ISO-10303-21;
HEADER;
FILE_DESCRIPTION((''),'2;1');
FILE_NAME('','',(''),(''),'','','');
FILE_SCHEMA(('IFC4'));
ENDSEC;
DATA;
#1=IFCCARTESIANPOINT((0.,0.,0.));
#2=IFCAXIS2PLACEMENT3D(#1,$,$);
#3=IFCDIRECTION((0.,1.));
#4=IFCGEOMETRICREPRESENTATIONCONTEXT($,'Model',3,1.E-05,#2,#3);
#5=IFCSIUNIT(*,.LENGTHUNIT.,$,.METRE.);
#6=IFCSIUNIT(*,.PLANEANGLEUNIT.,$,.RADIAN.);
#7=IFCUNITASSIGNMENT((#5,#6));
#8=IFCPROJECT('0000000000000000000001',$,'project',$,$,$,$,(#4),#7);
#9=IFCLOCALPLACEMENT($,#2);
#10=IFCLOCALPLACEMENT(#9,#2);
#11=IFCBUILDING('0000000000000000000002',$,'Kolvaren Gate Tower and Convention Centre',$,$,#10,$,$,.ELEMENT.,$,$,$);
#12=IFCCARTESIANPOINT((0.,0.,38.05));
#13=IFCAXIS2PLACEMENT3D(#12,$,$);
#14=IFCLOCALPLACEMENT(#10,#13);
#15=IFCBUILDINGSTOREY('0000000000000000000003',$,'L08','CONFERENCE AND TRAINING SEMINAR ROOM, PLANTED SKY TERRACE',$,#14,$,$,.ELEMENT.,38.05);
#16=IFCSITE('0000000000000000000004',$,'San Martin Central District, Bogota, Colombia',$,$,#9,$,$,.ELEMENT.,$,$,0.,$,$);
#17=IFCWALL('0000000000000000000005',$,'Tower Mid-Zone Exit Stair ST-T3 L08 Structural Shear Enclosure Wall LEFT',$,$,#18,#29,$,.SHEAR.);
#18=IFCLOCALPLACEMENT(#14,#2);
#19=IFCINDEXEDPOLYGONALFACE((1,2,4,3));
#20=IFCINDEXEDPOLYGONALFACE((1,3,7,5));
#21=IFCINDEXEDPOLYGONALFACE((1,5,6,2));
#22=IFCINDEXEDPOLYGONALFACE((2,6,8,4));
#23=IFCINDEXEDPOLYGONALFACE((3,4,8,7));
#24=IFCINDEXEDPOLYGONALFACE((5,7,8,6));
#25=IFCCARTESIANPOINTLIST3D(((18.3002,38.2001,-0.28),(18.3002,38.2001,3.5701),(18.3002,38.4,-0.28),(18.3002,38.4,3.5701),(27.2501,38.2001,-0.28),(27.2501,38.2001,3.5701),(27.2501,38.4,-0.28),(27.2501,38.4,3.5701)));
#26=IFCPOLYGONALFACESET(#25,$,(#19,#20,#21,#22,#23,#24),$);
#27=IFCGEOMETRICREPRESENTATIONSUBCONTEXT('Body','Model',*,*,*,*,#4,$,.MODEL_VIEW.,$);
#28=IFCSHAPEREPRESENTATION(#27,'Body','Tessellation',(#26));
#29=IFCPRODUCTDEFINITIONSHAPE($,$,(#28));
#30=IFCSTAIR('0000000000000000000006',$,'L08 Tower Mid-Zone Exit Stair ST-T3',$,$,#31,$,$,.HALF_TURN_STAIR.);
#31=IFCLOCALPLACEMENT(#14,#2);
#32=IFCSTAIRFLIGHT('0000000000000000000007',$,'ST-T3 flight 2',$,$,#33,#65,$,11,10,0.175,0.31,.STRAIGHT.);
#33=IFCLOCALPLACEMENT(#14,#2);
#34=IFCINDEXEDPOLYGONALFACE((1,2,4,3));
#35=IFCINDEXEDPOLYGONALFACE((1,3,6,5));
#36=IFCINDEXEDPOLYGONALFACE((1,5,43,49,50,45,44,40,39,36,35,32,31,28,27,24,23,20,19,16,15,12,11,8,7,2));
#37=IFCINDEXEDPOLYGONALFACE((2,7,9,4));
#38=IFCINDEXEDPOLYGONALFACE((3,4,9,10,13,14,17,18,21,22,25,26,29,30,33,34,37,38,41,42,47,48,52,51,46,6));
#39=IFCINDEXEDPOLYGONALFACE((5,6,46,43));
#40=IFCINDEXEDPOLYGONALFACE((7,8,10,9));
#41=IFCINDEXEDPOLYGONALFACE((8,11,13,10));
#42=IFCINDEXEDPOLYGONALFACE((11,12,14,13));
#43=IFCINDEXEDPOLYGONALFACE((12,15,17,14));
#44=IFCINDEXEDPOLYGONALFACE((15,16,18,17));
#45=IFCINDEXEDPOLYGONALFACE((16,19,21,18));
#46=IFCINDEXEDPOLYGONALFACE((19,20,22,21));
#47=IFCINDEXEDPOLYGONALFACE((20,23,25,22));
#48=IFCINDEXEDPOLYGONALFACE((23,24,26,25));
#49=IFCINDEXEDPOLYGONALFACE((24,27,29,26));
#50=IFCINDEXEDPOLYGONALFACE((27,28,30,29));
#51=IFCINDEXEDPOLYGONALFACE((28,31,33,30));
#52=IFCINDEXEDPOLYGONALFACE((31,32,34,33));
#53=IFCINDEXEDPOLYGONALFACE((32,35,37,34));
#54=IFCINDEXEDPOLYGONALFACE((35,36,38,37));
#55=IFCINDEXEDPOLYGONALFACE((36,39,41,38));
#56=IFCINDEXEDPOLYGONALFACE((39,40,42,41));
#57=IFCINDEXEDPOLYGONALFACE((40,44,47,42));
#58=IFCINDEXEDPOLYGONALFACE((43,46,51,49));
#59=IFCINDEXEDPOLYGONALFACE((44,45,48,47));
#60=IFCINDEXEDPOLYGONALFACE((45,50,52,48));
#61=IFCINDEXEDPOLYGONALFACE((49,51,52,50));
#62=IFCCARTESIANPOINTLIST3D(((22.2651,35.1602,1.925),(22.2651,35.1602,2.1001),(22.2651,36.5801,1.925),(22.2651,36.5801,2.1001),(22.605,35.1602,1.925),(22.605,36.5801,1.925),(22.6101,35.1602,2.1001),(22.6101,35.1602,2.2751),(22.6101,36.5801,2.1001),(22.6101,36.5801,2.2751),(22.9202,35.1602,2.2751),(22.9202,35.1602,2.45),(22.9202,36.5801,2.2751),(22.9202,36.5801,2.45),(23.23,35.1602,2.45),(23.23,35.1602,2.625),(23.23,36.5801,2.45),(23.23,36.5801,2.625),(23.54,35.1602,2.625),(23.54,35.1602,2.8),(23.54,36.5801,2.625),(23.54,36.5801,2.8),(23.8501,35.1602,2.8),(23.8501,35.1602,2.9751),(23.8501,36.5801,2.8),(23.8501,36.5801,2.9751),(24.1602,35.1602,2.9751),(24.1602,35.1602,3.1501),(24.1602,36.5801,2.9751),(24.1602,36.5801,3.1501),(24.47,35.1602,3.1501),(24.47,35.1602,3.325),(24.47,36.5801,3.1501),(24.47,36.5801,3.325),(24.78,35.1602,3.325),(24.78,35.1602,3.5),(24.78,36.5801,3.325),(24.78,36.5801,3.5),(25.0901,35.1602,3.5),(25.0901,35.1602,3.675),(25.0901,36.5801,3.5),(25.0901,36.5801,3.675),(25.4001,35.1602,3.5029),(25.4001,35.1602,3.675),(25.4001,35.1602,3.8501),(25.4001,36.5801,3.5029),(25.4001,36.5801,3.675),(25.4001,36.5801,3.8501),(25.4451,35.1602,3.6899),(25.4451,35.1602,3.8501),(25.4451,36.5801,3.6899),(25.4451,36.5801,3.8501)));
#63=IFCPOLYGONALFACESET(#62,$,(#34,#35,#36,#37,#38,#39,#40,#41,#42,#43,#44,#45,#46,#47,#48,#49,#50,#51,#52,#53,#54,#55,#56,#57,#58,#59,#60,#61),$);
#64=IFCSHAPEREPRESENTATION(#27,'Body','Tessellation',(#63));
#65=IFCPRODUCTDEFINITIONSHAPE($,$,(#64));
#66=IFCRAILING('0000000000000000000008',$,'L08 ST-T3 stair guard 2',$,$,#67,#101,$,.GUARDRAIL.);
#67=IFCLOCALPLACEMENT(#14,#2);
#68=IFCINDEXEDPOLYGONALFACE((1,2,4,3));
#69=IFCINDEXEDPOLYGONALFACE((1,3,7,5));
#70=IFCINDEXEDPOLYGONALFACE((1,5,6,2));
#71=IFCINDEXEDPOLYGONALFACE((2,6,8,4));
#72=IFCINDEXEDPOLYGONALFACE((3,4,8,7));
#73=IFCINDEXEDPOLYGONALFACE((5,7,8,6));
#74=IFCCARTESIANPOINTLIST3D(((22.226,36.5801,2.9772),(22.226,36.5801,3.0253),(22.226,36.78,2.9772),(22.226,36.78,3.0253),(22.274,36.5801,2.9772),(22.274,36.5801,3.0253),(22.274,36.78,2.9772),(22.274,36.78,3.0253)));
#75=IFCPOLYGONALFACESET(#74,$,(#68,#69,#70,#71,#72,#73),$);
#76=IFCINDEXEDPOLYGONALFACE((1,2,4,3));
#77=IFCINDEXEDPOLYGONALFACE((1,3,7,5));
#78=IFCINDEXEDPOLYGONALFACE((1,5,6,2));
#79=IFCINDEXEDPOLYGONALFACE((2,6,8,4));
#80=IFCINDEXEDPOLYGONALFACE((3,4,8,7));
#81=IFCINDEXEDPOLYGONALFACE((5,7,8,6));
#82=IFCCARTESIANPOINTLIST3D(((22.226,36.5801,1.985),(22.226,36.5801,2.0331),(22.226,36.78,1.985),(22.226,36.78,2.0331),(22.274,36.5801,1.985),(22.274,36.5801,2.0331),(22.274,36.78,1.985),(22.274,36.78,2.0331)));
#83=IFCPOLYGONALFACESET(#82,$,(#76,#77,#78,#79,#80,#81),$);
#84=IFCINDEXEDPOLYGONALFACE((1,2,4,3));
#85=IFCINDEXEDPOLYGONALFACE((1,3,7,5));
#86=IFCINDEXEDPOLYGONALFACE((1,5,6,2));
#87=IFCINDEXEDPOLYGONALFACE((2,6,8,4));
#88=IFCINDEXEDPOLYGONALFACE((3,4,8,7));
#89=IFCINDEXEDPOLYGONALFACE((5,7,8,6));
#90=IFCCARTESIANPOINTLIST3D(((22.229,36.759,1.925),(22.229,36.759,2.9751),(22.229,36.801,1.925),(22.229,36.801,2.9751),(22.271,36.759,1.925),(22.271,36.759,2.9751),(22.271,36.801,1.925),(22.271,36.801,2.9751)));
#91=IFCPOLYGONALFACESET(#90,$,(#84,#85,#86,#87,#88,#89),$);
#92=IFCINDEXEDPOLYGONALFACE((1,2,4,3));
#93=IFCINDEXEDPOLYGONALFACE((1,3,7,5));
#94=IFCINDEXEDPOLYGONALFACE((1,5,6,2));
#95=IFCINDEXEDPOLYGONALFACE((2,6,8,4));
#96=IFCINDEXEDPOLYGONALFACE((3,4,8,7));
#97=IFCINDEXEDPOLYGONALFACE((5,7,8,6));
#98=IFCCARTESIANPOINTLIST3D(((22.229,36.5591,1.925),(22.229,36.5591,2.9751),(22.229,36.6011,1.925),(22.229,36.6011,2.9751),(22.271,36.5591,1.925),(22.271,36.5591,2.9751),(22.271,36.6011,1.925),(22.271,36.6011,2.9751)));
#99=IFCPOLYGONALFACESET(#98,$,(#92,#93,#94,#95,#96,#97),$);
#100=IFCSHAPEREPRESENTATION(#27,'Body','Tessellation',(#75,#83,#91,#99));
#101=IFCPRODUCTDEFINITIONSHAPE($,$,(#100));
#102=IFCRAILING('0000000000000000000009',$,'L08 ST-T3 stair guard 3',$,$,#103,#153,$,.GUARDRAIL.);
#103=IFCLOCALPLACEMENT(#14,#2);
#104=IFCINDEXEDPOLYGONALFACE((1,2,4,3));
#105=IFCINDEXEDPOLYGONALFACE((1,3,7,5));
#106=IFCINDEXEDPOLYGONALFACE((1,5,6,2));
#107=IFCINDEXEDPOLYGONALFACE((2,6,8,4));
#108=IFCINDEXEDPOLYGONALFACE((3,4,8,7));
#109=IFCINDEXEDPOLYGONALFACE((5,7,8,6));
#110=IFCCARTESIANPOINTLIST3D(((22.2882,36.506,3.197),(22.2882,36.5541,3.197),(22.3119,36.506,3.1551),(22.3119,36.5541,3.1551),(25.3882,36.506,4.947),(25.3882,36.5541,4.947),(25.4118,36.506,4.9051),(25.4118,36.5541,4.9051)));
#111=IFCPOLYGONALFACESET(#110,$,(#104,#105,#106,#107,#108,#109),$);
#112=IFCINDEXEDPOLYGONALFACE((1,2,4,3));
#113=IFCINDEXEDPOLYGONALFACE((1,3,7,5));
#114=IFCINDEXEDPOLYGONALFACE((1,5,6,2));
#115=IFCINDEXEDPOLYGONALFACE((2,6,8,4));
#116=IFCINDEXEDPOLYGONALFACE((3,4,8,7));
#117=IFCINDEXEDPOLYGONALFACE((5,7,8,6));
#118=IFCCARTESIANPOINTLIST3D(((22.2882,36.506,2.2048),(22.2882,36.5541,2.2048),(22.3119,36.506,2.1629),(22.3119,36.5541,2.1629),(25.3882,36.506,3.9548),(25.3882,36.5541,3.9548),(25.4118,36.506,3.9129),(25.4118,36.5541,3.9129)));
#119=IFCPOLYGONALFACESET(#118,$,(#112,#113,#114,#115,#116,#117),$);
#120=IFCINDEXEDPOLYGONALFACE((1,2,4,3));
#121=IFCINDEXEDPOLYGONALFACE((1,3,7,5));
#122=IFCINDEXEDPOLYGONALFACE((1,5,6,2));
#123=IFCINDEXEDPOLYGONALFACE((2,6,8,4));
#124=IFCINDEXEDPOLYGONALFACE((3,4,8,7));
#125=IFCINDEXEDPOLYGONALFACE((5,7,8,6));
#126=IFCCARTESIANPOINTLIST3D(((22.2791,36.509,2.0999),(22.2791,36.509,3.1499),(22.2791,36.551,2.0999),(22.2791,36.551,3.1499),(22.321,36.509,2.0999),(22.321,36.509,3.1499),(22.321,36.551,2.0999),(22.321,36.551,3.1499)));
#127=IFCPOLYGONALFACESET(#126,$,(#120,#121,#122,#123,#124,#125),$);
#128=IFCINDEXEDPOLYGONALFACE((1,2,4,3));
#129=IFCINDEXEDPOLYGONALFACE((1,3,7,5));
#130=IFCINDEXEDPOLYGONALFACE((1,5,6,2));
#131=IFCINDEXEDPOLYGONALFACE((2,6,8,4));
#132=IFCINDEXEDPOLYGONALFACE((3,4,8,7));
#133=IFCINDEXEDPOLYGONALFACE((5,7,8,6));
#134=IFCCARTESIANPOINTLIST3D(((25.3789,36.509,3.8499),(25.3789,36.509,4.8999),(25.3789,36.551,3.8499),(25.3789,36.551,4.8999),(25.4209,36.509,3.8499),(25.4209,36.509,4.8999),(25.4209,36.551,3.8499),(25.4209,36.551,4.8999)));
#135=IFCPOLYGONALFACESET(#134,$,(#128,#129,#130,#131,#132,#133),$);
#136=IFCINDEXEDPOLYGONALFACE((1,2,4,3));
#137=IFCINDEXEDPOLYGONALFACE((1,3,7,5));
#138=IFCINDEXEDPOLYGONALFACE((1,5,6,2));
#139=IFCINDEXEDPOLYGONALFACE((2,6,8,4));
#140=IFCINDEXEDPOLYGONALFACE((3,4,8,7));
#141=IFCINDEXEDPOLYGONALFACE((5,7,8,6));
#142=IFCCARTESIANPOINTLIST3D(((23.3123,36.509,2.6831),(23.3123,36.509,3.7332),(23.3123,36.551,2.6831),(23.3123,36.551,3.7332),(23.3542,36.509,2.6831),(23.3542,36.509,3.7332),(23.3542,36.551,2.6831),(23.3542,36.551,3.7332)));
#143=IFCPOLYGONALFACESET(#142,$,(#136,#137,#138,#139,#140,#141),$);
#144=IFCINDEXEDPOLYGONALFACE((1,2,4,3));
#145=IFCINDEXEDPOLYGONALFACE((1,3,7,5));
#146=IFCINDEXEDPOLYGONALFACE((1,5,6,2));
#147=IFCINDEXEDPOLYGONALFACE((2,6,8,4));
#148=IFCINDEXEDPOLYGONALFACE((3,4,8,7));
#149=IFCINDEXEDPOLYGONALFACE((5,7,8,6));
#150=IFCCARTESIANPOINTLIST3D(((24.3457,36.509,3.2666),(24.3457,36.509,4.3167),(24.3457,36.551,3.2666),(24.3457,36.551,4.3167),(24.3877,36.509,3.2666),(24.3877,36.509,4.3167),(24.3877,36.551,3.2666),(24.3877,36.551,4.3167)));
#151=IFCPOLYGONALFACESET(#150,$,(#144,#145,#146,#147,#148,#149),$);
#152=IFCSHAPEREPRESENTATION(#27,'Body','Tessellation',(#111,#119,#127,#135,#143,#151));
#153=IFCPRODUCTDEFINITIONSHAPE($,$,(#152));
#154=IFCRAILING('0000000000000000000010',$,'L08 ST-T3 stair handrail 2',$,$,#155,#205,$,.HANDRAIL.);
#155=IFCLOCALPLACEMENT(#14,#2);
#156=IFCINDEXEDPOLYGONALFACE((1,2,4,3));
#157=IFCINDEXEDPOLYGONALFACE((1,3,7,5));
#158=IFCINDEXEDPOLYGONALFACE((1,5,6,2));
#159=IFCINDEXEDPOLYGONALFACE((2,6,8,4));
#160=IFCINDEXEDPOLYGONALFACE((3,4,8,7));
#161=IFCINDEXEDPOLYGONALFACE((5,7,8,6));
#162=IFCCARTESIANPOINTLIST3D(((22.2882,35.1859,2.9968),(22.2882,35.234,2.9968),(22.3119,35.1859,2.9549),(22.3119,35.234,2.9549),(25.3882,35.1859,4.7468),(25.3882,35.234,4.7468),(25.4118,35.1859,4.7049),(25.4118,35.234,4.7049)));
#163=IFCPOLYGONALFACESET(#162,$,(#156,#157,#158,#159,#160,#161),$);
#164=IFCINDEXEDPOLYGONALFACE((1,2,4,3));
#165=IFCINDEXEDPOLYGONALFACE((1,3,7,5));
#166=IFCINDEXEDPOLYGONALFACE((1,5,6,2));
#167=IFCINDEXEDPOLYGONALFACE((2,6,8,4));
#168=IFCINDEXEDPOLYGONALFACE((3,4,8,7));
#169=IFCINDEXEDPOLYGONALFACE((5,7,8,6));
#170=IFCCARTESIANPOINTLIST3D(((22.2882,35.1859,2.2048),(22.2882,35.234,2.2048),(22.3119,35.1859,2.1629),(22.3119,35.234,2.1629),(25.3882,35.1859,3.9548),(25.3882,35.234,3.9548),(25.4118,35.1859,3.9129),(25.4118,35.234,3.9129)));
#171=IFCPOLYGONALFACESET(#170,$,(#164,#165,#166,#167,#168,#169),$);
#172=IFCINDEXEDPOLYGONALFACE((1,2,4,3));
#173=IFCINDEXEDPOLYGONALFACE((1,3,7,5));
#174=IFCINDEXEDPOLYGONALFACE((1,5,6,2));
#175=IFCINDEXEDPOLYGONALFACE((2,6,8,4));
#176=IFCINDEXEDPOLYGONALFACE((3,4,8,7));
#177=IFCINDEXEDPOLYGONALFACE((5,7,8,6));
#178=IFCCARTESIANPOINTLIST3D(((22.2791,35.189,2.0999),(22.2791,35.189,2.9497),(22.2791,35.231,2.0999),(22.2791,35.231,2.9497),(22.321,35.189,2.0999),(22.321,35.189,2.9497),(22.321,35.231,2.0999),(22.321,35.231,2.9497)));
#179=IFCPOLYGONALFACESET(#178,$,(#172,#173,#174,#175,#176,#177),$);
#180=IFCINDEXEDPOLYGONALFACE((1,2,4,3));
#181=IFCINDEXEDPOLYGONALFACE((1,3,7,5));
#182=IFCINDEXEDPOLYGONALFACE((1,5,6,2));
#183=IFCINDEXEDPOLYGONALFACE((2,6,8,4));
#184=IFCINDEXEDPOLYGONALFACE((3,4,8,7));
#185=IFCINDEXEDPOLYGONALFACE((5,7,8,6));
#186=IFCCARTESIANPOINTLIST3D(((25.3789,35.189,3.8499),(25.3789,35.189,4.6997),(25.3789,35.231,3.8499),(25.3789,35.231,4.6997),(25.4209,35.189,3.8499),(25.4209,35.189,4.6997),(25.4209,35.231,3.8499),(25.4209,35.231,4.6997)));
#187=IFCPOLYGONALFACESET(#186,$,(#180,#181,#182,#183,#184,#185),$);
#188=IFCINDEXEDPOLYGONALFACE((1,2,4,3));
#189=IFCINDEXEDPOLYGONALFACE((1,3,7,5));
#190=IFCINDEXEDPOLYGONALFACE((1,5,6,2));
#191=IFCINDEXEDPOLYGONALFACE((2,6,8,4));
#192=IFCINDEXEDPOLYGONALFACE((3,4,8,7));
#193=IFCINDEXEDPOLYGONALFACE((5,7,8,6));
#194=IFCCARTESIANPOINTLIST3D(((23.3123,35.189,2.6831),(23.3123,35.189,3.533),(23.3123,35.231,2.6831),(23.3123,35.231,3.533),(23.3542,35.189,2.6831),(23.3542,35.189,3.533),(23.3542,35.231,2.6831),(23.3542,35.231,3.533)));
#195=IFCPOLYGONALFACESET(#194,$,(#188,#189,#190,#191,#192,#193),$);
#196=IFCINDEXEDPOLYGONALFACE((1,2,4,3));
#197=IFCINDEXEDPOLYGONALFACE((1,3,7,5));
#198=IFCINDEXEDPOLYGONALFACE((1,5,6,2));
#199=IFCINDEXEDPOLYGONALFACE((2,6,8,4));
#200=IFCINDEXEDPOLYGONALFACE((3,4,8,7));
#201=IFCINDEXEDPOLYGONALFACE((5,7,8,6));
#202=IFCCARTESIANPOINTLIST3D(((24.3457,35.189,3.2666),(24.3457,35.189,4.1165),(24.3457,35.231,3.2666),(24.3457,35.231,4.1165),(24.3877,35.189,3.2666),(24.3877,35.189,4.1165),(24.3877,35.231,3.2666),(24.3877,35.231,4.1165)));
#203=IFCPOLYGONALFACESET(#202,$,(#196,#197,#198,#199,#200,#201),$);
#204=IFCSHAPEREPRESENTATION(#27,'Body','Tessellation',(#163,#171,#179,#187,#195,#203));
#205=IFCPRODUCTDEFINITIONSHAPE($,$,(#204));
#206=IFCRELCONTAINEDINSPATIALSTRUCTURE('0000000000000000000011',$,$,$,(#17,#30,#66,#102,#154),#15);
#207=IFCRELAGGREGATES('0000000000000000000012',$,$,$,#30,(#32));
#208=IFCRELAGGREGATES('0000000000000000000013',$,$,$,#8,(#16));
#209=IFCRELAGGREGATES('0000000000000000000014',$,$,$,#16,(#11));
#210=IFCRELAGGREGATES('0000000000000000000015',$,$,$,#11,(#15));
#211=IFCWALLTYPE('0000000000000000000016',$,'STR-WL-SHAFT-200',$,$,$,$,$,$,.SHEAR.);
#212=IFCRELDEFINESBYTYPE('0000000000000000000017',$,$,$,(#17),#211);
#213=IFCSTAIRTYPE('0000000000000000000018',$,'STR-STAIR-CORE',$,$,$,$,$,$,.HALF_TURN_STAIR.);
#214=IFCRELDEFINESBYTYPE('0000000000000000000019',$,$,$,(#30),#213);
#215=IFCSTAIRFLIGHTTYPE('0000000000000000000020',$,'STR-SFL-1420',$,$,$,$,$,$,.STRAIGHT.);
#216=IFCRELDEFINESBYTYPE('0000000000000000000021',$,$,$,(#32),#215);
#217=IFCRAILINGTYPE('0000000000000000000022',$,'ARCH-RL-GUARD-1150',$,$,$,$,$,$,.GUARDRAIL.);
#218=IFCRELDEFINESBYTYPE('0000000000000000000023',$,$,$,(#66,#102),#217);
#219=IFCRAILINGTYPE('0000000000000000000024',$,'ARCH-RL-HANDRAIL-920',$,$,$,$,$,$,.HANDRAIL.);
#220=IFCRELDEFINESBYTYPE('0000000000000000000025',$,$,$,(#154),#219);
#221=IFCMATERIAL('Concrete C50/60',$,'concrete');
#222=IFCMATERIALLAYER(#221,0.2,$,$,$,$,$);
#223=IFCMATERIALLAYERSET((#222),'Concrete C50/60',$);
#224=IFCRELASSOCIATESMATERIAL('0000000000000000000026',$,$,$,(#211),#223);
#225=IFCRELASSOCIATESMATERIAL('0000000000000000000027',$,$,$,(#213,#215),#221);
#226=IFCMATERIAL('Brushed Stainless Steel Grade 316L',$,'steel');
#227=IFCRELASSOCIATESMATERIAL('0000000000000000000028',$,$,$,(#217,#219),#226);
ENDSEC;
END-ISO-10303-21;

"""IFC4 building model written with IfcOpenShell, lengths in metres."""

from ifc_helpers import new_model, si_unit, direction, frame, frame_2d, origin, origin_2d, place, context, subcontext, project, spatial, polyline, rectangle, outline, extrude, material, layer, layer_set, type_object, element, aggregate, save


model = new_model("IFC4")

# Units and contexts
model_context = context("Model", 3, precision=1e-05, world=origin(), true_north=direction((0.0, 1.0)))
body_context = subcontext(model_context, "Body", "Model", "MODEL_VIEW")
ifc_project = project(units=[si_unit("LENGTHUNIT", "METRE"), si_unit("PLANEANGLEUNIT", "RADIAN")], contexts=[model_context])

# Site, building, storey
site_placement = place(None, origin())
site = spatial("IfcSite", under=ifc_project, at=site_placement, Name="San Martin Central District, Bogota, Colombia", CompositionType="ELEMENT", RefElevation=0.0)
building_placement = place(site_placement, origin())
building = spatial("IfcBuilding", under=site, at=building_placement, Name="Kolvaren Gate Tower and Convention Centre", CompositionType="ELEMENT")
storey_placement = place(building_placement, frame((0.0, 0.0, 38.05)))
storey = spatial("IfcBuildingStorey", under=building, at=storey_placement, Name="L08", Description="CONFERENCE AND TRAINING SEMINAR ROOM, PLANTED SKY TERRACE", CompositionType="ELEMENT", Elevation=38.05)

# Wall
ifc_material_1 = material(Name="Concrete C50/60", Category="concrete")
ifc_layer_1 = layer(ifc_material_1, 0.2)
ifc_layer_set_1 = layer_set([ifc_layer_1], Name="Concrete C50/60")
wall_type_1 = type_object("IfcWallType", Name="STR-WL-SHAFT-200", PredefinedType="SHEAR", material=ifc_layer_set_1)
wall_1_placement = place(storey_placement, frame((18.3, 38.3, -0.28), z_axis=(0.0, 0.0, 1.0), x_axis=(1.0, 0.0, 0.0)))
element("IfcWall", 1, at=wall_1_placement, inside=storey, type_object=wall_type_1, Name="Tower Mid-Zone Exit Stair ST-T3 L08 Structural Shear Enclosure Wall LEFT", PredefinedType="SHEAR", context=body_context, shape_type="SweptSolid", body=[
    extrude(rectangle(XDim=8.95, YDim=0.2, at=frame_2d((4.4751, 0.0))), origin(), (0.0, 0.0, 1.0), 3.8501),
])

# Stair, stair flight
stair_type = type_object("IfcStairType", Name="STR-STAIR-CORE", PredefinedType="HALF_TURN_STAIR", material=ifc_material_1)
stair_placement = place(storey_placement, origin())
stair = element("IfcStair", 2, at=stair_placement, inside=storey, type_object=stair_type, Name="L08 Tower Mid-Zone Exit Stair ST-T3", PredefinedType="HALF_TURN_STAIR")
stair_flight_type = type_object("IfcStairFlightType", Name="STR-SFL-1420", PredefinedType="STRAIGHT", material=ifc_material_1)
stair_flight_placement = place(storey_placement, frame((22.3, 35.8701, 1.925), z_axis=(0.0, 0.0, 1.0), x_axis=(1.0, 0.0, 0.0)))
stair_flight = element("IfcStairFlight", 3, at=stair_flight_placement, type_object=stair_flight_type, Name="ST-T3 flight 2", NumberOfRisers=11, NumberOfTreads=10, PredefinedType="STRAIGHT", RiserHeight=0.175, TreadLength=0.31, context=body_context, shape_type="SweptSolid", body=[
    extrude(outline(polyline([(-0.0349, 0.0), (-0.0349, 0.175), (0.3101, 0.175), (0.3101, 0.3501), (0.6201, 0.3501), (0.6201, 0.5249), (0.9299, 0.5249), (0.9299, 0.7), (1.24, 0.7), (1.24, 0.875), (1.55, 0.875), (1.55, 1.05), (1.8601, 1.05), (1.8601, 1.2251), (2.1699, 1.2251), (2.1699, 1.3999), (2.48, 1.3999), (2.48, 1.575), (2.79, 1.575), (2.79, 1.75), (3.1001, 1.75), (3.1001, 1.925), (3.145, 1.925), (3.145, 1.7649), (3.1001, 1.5779), (0.3049, 0.0), (-0.0349, 0.0)])), frame((0.0, 0.71, 0.0), z_axis=(0.0, -1.0, 0.0), x_axis=(1.0, 0.0, 0.0)), (0.0, 0.0, 1.0), 1.4199),
])
aggregate(stair, [stair_flight])

# Railings
ifc_material_2 = material(Name="Brushed Stainless Steel Grade 316L", Category="steel")
railing_type_1 = type_object("IfcRailingType", Name="ARCH-RL-GUARD-1150", PredefinedType="GUARDRAIL", material=ifc_material_2)
railing_1_placement = place(storey_placement, frame((22.25, 36.78, 1.925)))
element("IfcRailing", 4, at=railing_1_placement, inside=storey, type_object=railing_type_1, Name="L08 ST-T3 stair guard 2", PredefinedType="GUARDRAIL", context=body_context, shape_type="SweptSolid", body=[
    extrude(rectangle(XDim=0.0481, YDim=0.0481, at=origin_2d()), frame((0.0, 0.0, 1.0762), z_axis=(0.0, -1.0, 0.0), x_axis=(1.0, 0.0, 0.0)), (0.0, 0.0, 1.0), 0.2),
    extrude(rectangle(XDim=0.0481, YDim=0.0481, at=origin_2d()), frame((0.0, 0.0, 0.084), z_axis=(0.0, -1.0, 0.0), x_axis=(1.0, 0.0, 0.0)), (0.0, 0.0, 1.0), 0.2),
    extrude(rectangle(XDim=0.042, YDim=0.042, at=origin_2d()), origin(), (0.0, 0.0, 1.0), 1.05),
    extrude(rectangle(XDim=0.042, YDim=0.042, at=origin_2d()), frame((0.0, -0.2, 0.0)), (0.0, 0.0, 1.0), 1.05),
])
railing_2_placement = place(storey_placement, frame((22.3, 36.53, 2.0999)))
element("IfcRailing", 5, at=railing_2_placement, inside=storey, type_object=railing_type_1, Name="L08 ST-T3 stair guard 3", PredefinedType="GUARDRAIL", context=body_context, shape_type="SweptSolid", body=[
    extrude(rectangle(XDim=0.0481, YDim=0.0481, at=origin_2d()), frame((0.0, 0.0, 1.0762), z_axis=(0.870814, 0.0, 0.491612), x_axis=(0.0, 1.0, 0.0)), (0.0, 0.0, 1.0), 3.5598),
    extrude(rectangle(XDim=0.0481, YDim=0.0481, at=origin_2d()), frame((0.0, 0.0, 0.084), z_axis=(0.870814, 0.0, 0.491612), x_axis=(0.0, 1.0, 0.0)), (0.0, 0.0, 1.0), 3.5598),
    extrude(rectangle(XDim=0.042, YDim=0.042, at=origin_2d()), origin(), (0.0, 0.0, 1.0), 1.05),
    extrude(rectangle(XDim=0.042, YDim=0.042, at=origin_2d()), frame((3.0999, 0.0, 1.75)), (0.0, 0.0, 1.0), 1.05),
    extrude(rectangle(XDim=0.042, YDim=0.042, at=origin_2d()), frame((1.0332, 0.0, 0.5833)), (0.0, 0.0, 1.0), 1.05),
    extrude(rectangle(XDim=0.042, YDim=0.042, at=origin_2d()), frame((2.0667, 0.0, 1.1667)), (0.0, 0.0, 1.0), 1.05),
])
railing_type_2 = type_object("IfcRailingType", Name="ARCH-RL-HANDRAIL-920", PredefinedType="HANDRAIL", material=ifc_material_2)
railing_3_placement = place(storey_placement, frame((22.3, 35.21, 2.0999)))
element("IfcRailing", 6, at=railing_3_placement, inside=storey, type_object=railing_type_2, Name="L08 ST-T3 stair handrail 2", PredefinedType="HANDRAIL", context=body_context, shape_type="SweptSolid", body=[
    extrude(rectangle(XDim=0.0481, YDim=0.0481, at=origin_2d()), frame((0.0, 0.0, 0.876), z_axis=(0.870814, 0.0, 0.491612), x_axis=(0.0, 1.0, 0.0)), (0.0, 0.0, 1.0), 3.5598),
    extrude(rectangle(XDim=0.0481, YDim=0.0481, at=origin_2d()), frame((0.0, 0.0, 0.084), z_axis=(0.870814, 0.0, 0.491612), x_axis=(0.0, 1.0, 0.0)), (0.0, 0.0, 1.0), 3.5598),
    extrude(rectangle(XDim=0.042, YDim=0.042, at=origin_2d()), origin(), (0.0, 0.0, 1.0), 0.8499),
    extrude(rectangle(XDim=0.042, YDim=0.042, at=origin_2d()), frame((3.0999, 0.0, 1.75)), (0.0, 0.0, 1.0), 0.8499),
    extrude(rectangle(XDim=0.042, YDim=0.042, at=origin_2d()), frame((1.0332, 0.0, 0.5833)), (0.0, 0.0, 1.0), 0.8499),
    extrude(rectangle(XDim=0.042, YDim=0.042, at=origin_2d()), frame((2.0667, 0.0, 1.1667)), (0.0, 0.0, 1.0), 0.8499),
])

save(model, "model.ifc")
